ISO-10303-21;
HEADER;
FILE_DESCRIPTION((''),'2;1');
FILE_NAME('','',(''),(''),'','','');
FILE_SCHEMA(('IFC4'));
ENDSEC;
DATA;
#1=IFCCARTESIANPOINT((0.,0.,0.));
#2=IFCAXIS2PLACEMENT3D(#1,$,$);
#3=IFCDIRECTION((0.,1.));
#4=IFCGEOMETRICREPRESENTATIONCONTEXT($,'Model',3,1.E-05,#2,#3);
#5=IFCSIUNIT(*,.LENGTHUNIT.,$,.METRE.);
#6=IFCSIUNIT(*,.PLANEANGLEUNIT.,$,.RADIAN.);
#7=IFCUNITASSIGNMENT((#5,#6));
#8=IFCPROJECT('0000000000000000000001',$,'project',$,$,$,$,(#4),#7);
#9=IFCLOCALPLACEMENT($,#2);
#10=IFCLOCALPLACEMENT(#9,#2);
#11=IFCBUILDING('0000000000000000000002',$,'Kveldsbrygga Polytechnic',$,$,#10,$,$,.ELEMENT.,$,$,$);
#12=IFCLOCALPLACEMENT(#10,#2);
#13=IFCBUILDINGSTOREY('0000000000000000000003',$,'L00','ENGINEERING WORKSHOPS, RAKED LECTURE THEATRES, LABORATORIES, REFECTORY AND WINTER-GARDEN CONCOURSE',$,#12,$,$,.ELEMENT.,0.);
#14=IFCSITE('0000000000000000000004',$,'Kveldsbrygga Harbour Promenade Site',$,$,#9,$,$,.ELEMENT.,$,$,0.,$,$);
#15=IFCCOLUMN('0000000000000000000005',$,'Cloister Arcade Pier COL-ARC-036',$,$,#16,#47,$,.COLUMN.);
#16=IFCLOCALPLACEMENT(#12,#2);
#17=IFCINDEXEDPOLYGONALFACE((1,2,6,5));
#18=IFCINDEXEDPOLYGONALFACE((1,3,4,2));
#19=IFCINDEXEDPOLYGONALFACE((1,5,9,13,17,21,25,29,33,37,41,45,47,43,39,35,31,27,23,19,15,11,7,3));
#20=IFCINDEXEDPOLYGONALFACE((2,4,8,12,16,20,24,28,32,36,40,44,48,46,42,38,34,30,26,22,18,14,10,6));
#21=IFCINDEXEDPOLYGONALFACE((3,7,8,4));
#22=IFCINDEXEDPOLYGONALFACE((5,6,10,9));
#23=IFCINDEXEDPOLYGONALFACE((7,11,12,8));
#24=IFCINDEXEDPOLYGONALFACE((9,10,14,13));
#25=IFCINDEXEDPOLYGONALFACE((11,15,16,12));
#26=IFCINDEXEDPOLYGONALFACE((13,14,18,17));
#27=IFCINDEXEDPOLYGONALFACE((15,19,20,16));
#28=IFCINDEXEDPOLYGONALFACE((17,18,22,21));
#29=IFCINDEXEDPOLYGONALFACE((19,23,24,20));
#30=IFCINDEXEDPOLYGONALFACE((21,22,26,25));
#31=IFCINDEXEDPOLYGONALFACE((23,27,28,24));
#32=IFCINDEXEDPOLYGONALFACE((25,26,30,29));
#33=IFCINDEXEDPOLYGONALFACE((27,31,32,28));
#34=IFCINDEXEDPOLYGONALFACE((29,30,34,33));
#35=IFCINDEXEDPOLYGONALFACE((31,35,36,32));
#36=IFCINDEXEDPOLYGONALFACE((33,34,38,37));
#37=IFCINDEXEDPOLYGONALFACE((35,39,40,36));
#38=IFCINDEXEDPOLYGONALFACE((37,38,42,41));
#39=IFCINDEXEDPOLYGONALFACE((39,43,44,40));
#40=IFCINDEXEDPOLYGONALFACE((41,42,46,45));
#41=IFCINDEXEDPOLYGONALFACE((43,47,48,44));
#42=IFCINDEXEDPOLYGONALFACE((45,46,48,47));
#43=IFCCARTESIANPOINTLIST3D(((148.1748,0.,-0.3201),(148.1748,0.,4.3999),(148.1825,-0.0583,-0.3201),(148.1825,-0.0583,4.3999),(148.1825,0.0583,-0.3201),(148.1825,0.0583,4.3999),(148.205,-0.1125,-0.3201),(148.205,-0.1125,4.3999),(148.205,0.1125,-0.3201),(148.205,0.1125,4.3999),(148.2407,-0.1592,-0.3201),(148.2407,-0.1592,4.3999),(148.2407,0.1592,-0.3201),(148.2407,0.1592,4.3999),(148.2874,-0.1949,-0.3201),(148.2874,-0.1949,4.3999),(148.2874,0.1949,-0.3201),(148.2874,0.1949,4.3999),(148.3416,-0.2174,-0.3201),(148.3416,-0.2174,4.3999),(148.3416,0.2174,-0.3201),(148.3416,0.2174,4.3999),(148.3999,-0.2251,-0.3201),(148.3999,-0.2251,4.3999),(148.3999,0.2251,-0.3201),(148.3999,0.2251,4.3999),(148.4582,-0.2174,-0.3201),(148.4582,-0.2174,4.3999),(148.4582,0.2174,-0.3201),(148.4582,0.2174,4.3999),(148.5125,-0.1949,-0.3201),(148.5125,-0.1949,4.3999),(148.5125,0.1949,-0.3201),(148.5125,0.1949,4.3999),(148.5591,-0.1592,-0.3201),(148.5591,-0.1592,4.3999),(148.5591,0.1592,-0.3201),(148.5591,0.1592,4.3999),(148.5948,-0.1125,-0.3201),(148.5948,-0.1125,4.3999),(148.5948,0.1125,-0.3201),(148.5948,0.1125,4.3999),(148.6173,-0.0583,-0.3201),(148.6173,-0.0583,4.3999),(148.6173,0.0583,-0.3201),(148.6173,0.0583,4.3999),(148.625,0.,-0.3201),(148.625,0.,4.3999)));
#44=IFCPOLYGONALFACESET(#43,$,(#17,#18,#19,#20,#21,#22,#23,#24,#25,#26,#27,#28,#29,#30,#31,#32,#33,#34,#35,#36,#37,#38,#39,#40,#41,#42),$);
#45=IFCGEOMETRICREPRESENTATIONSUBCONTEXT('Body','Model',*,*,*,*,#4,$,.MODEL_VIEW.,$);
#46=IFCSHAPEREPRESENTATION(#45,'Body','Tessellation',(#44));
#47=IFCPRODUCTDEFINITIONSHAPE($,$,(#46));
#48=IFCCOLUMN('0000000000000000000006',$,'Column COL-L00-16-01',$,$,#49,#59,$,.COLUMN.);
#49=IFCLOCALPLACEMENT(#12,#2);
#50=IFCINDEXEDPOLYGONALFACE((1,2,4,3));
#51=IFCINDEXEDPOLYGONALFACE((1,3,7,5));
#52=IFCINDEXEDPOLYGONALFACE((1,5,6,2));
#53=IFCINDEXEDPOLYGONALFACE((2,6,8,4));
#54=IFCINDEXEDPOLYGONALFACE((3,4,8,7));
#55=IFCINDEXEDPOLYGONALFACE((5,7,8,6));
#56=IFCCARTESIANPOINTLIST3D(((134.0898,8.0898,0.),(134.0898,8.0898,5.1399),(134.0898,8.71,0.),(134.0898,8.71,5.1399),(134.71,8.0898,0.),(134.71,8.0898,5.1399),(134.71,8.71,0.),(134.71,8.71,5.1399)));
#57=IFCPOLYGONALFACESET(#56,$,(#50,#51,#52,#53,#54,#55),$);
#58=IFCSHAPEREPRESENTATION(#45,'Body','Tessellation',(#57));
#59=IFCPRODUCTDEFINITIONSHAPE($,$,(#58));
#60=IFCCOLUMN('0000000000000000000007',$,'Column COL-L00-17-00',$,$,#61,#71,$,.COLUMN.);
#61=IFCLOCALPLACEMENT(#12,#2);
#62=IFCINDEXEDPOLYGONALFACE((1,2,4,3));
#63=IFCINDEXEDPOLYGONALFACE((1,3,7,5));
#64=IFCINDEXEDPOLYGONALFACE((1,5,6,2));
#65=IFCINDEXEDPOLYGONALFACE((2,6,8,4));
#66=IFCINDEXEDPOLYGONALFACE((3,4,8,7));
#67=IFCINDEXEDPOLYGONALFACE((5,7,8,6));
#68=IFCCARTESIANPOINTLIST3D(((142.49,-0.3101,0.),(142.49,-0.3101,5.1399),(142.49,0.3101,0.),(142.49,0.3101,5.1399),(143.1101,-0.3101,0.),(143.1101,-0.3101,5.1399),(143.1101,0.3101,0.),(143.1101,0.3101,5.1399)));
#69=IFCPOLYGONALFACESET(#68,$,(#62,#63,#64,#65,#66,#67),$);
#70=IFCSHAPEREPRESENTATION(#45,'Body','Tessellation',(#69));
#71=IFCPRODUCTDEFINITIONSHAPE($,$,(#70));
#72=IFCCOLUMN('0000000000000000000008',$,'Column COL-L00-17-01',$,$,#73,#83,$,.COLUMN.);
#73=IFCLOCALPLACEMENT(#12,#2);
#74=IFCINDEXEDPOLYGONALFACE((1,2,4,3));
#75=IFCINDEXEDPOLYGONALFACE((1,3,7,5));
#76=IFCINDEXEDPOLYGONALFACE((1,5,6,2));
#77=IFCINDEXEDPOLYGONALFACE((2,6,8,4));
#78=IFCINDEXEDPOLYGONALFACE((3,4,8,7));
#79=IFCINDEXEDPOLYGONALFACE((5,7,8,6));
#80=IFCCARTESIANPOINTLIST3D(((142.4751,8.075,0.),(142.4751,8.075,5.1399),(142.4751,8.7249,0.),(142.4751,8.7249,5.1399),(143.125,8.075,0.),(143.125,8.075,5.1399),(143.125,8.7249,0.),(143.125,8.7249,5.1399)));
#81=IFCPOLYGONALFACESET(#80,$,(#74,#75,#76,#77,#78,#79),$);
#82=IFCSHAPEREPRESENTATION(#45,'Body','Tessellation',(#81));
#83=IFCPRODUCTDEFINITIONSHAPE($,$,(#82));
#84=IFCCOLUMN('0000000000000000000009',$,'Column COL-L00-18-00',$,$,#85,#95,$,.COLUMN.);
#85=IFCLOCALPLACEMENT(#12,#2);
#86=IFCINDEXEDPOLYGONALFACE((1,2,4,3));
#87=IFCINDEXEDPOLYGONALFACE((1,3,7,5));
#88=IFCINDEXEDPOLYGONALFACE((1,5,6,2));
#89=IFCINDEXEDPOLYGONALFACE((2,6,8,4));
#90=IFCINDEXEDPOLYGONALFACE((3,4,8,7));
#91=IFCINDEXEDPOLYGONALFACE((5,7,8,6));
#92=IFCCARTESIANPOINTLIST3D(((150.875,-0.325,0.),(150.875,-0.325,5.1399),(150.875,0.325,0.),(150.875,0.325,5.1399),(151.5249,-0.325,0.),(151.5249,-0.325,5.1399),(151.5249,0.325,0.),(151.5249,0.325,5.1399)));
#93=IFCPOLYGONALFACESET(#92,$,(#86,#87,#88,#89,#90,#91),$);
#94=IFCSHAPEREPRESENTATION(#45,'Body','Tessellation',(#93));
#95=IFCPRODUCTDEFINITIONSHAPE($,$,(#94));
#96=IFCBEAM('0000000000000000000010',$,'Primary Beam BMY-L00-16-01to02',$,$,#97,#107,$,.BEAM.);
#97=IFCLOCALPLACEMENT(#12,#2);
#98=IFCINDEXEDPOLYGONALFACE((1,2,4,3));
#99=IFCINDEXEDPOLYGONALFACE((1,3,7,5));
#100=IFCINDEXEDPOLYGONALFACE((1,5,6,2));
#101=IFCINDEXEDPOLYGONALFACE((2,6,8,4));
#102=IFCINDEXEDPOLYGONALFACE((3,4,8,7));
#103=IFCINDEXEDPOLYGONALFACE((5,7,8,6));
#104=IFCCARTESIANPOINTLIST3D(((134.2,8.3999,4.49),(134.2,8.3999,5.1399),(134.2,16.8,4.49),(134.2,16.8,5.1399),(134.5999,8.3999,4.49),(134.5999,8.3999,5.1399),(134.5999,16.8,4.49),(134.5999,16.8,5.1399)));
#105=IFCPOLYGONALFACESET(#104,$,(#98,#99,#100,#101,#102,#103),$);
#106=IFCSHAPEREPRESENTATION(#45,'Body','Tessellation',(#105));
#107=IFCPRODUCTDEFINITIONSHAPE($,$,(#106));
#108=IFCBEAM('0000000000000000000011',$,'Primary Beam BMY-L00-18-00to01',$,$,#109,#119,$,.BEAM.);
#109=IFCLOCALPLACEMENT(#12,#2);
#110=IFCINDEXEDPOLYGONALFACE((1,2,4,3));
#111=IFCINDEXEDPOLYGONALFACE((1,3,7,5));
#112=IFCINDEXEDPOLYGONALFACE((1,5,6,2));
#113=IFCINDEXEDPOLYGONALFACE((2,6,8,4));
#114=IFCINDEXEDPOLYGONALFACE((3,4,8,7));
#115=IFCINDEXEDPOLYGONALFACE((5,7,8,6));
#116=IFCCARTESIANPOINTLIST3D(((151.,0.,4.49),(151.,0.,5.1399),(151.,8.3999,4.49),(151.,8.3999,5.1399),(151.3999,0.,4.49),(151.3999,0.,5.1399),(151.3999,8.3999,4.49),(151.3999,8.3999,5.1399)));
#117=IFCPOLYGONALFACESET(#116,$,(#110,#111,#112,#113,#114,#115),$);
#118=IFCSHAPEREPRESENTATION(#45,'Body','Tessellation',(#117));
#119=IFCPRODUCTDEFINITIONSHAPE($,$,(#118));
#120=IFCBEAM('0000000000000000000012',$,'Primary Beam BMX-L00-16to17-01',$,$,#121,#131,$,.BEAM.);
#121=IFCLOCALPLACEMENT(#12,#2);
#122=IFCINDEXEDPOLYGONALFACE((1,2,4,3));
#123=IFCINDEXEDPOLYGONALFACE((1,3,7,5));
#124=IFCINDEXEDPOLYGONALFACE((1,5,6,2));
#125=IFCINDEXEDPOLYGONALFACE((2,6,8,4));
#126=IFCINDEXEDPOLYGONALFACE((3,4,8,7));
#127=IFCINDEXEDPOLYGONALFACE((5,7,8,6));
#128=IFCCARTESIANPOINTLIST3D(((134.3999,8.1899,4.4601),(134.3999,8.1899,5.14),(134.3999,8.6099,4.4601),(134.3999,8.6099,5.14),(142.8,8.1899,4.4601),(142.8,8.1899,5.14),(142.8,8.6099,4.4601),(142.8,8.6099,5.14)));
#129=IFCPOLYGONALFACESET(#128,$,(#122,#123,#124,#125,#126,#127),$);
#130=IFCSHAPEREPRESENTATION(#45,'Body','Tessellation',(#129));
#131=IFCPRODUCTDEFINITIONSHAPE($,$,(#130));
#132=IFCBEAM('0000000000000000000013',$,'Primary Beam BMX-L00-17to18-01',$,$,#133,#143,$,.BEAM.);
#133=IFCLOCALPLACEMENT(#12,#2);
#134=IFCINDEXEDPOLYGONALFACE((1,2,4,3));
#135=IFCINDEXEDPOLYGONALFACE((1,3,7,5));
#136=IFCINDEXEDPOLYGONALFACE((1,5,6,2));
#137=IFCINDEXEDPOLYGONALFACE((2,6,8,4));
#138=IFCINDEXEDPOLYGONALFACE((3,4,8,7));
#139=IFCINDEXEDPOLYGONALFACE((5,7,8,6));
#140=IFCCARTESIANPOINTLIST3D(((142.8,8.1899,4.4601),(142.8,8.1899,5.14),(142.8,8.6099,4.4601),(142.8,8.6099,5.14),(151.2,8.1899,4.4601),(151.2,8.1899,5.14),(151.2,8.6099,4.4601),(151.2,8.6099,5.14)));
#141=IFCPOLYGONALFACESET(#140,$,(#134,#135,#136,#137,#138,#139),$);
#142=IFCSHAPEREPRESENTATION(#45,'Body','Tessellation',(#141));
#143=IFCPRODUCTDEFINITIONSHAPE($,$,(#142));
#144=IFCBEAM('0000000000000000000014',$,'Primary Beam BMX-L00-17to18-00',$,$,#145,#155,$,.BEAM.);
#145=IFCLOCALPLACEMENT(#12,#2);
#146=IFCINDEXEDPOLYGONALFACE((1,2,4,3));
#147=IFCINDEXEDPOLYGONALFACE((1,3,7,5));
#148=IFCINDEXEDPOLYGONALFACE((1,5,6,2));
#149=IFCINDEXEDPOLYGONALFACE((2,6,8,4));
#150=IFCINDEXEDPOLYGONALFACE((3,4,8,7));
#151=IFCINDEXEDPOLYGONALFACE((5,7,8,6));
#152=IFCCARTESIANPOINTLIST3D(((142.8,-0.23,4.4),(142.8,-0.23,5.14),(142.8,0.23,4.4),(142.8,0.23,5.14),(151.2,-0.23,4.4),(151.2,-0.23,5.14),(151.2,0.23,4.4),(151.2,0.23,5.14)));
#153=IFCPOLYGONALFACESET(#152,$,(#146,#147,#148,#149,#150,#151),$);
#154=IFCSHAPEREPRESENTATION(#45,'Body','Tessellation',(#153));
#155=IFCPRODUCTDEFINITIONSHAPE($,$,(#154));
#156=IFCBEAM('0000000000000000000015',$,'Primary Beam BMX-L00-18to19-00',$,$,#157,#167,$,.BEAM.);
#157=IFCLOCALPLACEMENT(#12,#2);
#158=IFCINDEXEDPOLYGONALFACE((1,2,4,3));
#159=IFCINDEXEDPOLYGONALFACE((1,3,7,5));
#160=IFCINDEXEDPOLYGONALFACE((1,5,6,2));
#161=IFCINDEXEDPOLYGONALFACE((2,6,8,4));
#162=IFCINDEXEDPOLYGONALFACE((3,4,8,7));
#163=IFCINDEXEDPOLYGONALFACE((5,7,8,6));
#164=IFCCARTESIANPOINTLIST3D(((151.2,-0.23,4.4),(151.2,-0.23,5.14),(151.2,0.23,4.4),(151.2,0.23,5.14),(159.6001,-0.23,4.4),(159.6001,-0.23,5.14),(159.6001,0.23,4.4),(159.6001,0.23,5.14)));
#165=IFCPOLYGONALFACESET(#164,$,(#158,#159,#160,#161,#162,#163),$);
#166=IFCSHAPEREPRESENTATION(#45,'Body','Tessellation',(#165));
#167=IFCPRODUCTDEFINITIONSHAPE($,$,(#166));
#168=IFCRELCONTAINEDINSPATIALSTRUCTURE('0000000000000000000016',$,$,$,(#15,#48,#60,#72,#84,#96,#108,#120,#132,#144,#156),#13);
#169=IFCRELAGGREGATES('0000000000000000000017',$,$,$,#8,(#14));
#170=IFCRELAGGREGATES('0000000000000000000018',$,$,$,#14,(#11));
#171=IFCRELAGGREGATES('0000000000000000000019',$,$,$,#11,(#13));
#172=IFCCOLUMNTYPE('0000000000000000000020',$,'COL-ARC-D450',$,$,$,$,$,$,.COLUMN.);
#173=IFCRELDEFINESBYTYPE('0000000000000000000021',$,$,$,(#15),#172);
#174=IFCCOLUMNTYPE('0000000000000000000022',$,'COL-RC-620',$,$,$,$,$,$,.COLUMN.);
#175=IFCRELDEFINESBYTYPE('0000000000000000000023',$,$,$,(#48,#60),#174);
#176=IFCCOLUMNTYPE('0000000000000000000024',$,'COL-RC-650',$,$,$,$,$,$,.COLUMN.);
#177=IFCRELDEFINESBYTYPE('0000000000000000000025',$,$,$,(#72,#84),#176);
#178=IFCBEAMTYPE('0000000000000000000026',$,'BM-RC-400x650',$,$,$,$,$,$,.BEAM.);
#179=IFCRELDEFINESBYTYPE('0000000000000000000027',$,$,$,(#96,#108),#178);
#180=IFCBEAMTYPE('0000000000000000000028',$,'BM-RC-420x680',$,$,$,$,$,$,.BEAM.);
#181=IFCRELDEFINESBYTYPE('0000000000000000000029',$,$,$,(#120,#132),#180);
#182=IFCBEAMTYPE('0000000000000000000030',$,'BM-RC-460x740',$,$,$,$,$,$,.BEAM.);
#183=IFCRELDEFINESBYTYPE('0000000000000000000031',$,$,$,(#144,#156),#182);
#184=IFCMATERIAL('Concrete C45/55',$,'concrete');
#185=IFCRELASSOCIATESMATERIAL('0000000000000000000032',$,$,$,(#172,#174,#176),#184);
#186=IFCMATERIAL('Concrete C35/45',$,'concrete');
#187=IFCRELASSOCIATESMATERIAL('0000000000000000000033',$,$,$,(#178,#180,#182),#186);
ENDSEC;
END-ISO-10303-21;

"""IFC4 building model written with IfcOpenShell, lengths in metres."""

from ifc_helpers import new_model, si_unit, direction, frame, origin, origin_2d, place, context, subcontext, project, spatial, rectangle, circle, extrude, material, material_profile, profile_set, type_object, element, save


model = new_model("IFC4")

# Units and contexts
model_context = context("Model", 3, precision=1e-05, world=origin(), true_north=direction((0.0, 1.0)))
body_context = subcontext(model_context, "Body", "Model", "MODEL_VIEW")
ifc_project = project(units=[si_unit("LENGTHUNIT", "METRE"), si_unit("PLANEANGLEUNIT", "RADIAN")], contexts=[model_context])

# Site, building, storey
site_placement = place(None, origin())
site = spatial("IfcSite", under=ifc_project, at=site_placement, Name="Kveldsbrygga Harbour Promenade Site", CompositionType="ELEMENT", RefElevation=0.0)
building_placement = place(site_placement, origin())
building = spatial("IfcBuilding", under=site, at=building_placement, Name="Kveldsbrygga Polytechnic", CompositionType="ELEMENT")
storey_placement = place(building_placement, origin())
storey = spatial("IfcBuildingStorey", under=building, at=storey_placement, Name="L00", Description="ENGINEERING WORKSHOPS, RAKED LECTURE THEATRES, LABORATORIES, REFECTORY AND WINTER-GARDEN CONCOURSE", CompositionType="ELEMENT", Elevation=0.0)

# Shared definitions
ifc_material_1 = material(Name="Concrete C45/55", Category="concrete")

# Columns
ifc_material_profile_1 = material_profile(ifc_material_1, circle(Radius=0.2251, at=origin_2d()), Name="RC D450")
ifc_profile_set_1 = profile_set([ifc_material_profile_1], Name="Concrete C45/55")
column_type_1 = type_object("IfcColumnType", Name="COL-ARC-D450", PredefinedType="COLUMN", material=ifc_profile_set_1)
for number, where, z_axis, x_axis, name in (
    (1, (148.3999, 0.0, -0.3201), (0.0, 0.0, 1.0), (1.0, 0.0, 0.0), "Cloister Arcade Pier COL-ARC-036"),
):
    element("IfcColumn", number, at=place(storey_placement, frame(where, z_axis=z_axis, x_axis=x_axis)), inside=storey, type_object=column_type_1, Name=name, PredefinedType="COLUMN", context=body_context, shape_type="SweptSolid", body=[
        extrude(circle(Radius=0.2251, at=origin_2d()), origin(), (0.0, 0.0, 1.0), 4.72),
    ])
ifc_material_profile_2 = material_profile(ifc_material_1, rectangle(XDim=0.6201, YDim=0.6201, at=origin_2d()), Name="RC 620x620")
ifc_profile_set_2 = profile_set([ifc_material_profile_2], Name="Concrete C45/55")
column_type_2 = type_object("IfcColumnType", Name="COL-RC-620", PredefinedType="COLUMN", material=ifc_profile_set_2)
for number, where, z_axis, x_axis, name in (
    (2, (134.3999, 8.3999, 0.0), (0.0, 0.0, 1.0), (1.0, 0.0, 0.0), "Column COL-L00-16-01"),
    (3, (142.8, 0.0, 0.0), (0.0, 0.0, 1.0), (1.0, 0.0, 0.0), "Column COL-L00-17-00"),
):
    element("IfcColumn", number, at=place(storey_placement, frame(where, z_axis=z_axis, x_axis=x_axis)), inside=storey, type_object=column_type_2, Name=name, PredefinedType="COLUMN", context=body_context, shape_type="SweptSolid", body=[
        extrude(rectangle(XDim=0.6201, YDim=0.6201, at=origin_2d()), origin(), (0.0, 0.0, 1.0), 5.1399),
    ])
ifc_material_profile_3 = material_profile(ifc_material_1, rectangle(XDim=0.6499, YDim=0.6499, at=origin_2d()), Name="RC 650x650")
ifc_profile_set_3 = profile_set([ifc_material_profile_3], Name="Concrete C45/55")
column_type_3 = type_object("IfcColumnType", Name="COL-RC-650", PredefinedType="COLUMN", material=ifc_profile_set_3)
for number, where, z_axis, x_axis, name in (
    (4, (142.8, 8.3999, 0.0), (0.0, 0.0, 1.0), (1.0, 0.0, 0.0), "Column COL-L00-17-01"),
    (5, (151.2, 0.0, 0.0), (0.0, 0.0, 1.0), (1.0, 0.0, 0.0), "Column COL-L00-18-00"),
):
    element("IfcColumn", number, at=place(storey_placement, frame(where, z_axis=z_axis, x_axis=x_axis)), inside=storey, type_object=column_type_3, Name=name, PredefinedType="COLUMN", context=body_context, shape_type="SweptSolid", body=[
        extrude(rectangle(XDim=0.6499, YDim=0.6499, at=origin_2d()), origin(), (0.0, 0.0, 1.0), 5.1399),
    ])

# Beams
ifc_material_2 = material(Name="Concrete C35/45", Category="concrete")
ifc_material_profile_4 = material_profile(ifc_material_2, rectangle(XDim=0.3999, YDim=0.6499, at=origin_2d()), Name="RC 400x650")
ifc_profile_set_4 = profile_set([ifc_material_profile_4], Name="Concrete C35/45")
beam_type_1 = type_object("IfcBeamType", Name="BM-RC-400x650", PredefinedType="BEAM", material=ifc_profile_set_4)
beam_1_placement = place(storey_placement, frame((134.3999, 8.3999, 4.8149), z_axis=(0.0, 1.0, 0.0), x_axis=(-1.0, 0.0, 0.0)))
element("IfcBeam", 6, at=beam_1_placement, inside=storey, type_object=beam_type_1, Name="Primary Beam BMY-L00-16-01to02", PredefinedType="BEAM", context=body_context, shape_type="SweptSolid", body=[
    extrude(rectangle(XDim=0.3999, YDim=0.6499, at=origin_2d()), origin(), (0.0, 0.0, 1.0), 8.4001),
])
beam_2_placement = place(storey_placement, frame((151.2, 0.0, 4.8149), z_axis=(0.0, 1.0, 0.0), x_axis=(-1.0, 0.0, 0.0)))
element("IfcBeam", 7, at=beam_2_placement, inside=storey, type_object=beam_type_1, Name="Primary Beam BMY-L00-18-00to01", PredefinedType="BEAM", context=body_context, shape_type="SweptSolid", body=[
    extrude(rectangle(XDim=0.3999, YDim=0.6499, at=origin_2d()), origin(), (0.0, 0.0, 1.0), 8.3999),
])
ifc_material_profile_5 = material_profile(ifc_material_2, rectangle(XDim=0.4199, YDim=0.6799, at=origin_2d()), Name="RC 420x680")
ifc_profile_set_5 = profile_set([ifc_material_profile_5], Name="Concrete C35/45")
beam_type_2 = type_object("IfcBeamType", Name="BM-RC-420x680", PredefinedType="BEAM", material=ifc_profile_set_5)
beam_3_placement = place(storey_placement, frame((134.3999, 8.3999, 4.8), z_axis=(1.0, 0.0, 0.0), x_axis=(0.0, 1.0, 0.0)))
element("IfcBeam", 8, at=beam_3_placement, inside=storey, type_object=beam_type_2, Name="Primary Beam BMX-L00-16to17-01", PredefinedType="BEAM", context=body_context, shape_type="SweptSolid", body=[
    extrude(rectangle(XDim=0.4199, YDim=0.6799, at=origin_2d()), origin(), (0.0, 0.0, 1.0), 8.4001),
])
beam_4_placement = place(storey_placement, frame((142.8, 8.3999, 4.8), z_axis=(1.0, 0.0, 0.0), x_axis=(0.0, 1.0, 0.0)))
element("IfcBeam", 9, at=beam_4_placement, inside=storey, type_object=beam_type_2, Name="Primary Beam BMX-L00-17to18-01", PredefinedType="BEAM", context=body_context, shape_type="SweptSolid", body=[
    extrude(rectangle(XDim=0.4199, YDim=0.6799, at=origin_2d()), origin(), (0.0, 0.0, 1.0), 8.3999),
])
ifc_material_profile_6 = material_profile(ifc_material_2, rectangle(XDim=0.46, YDim=0.74, at=origin_2d()), Name="RC 460x740")
ifc_profile_set_6 = profile_set([ifc_material_profile_6], Name="Concrete C35/45")
beam_type_3 = type_object("IfcBeamType", Name="BM-RC-460x740", PredefinedType="BEAM", material=ifc_profile_set_6)
beam_5_placement = place(storey_placement, frame((142.8, 0.0, 4.77), z_axis=(1.0, 0.0, 0.0), x_axis=(0.0, 1.0, 0.0)))
element("IfcBeam", 10, at=beam_5_placement, inside=storey, type_object=beam_type_3, Name="Primary Beam BMX-L00-17to18-00", PredefinedType="BEAM", context=body_context, shape_type="SweptSolid", body=[
    extrude(rectangle(XDim=0.46, YDim=0.74, at=origin_2d()), origin(), (0.0, 0.0, 1.0), 8.3999),
])
beam_6_placement = place(storey_placement, frame((151.2, 0.0, 4.77), z_axis=(1.0, 0.0, 0.0), x_axis=(0.0, 1.0, 0.0)))
element("IfcBeam", 11, at=beam_6_placement, inside=storey, type_object=beam_type_3, Name="Primary Beam BMX-L00-18to19-00", PredefinedType="BEAM", context=body_context, shape_type="SweptSolid", body=[
    extrude(rectangle(XDim=0.46, YDim=0.74, at=origin_2d()), origin(), (0.0, 0.0, 1.0), 8.4001),
])

save(model, "model.ifc")
